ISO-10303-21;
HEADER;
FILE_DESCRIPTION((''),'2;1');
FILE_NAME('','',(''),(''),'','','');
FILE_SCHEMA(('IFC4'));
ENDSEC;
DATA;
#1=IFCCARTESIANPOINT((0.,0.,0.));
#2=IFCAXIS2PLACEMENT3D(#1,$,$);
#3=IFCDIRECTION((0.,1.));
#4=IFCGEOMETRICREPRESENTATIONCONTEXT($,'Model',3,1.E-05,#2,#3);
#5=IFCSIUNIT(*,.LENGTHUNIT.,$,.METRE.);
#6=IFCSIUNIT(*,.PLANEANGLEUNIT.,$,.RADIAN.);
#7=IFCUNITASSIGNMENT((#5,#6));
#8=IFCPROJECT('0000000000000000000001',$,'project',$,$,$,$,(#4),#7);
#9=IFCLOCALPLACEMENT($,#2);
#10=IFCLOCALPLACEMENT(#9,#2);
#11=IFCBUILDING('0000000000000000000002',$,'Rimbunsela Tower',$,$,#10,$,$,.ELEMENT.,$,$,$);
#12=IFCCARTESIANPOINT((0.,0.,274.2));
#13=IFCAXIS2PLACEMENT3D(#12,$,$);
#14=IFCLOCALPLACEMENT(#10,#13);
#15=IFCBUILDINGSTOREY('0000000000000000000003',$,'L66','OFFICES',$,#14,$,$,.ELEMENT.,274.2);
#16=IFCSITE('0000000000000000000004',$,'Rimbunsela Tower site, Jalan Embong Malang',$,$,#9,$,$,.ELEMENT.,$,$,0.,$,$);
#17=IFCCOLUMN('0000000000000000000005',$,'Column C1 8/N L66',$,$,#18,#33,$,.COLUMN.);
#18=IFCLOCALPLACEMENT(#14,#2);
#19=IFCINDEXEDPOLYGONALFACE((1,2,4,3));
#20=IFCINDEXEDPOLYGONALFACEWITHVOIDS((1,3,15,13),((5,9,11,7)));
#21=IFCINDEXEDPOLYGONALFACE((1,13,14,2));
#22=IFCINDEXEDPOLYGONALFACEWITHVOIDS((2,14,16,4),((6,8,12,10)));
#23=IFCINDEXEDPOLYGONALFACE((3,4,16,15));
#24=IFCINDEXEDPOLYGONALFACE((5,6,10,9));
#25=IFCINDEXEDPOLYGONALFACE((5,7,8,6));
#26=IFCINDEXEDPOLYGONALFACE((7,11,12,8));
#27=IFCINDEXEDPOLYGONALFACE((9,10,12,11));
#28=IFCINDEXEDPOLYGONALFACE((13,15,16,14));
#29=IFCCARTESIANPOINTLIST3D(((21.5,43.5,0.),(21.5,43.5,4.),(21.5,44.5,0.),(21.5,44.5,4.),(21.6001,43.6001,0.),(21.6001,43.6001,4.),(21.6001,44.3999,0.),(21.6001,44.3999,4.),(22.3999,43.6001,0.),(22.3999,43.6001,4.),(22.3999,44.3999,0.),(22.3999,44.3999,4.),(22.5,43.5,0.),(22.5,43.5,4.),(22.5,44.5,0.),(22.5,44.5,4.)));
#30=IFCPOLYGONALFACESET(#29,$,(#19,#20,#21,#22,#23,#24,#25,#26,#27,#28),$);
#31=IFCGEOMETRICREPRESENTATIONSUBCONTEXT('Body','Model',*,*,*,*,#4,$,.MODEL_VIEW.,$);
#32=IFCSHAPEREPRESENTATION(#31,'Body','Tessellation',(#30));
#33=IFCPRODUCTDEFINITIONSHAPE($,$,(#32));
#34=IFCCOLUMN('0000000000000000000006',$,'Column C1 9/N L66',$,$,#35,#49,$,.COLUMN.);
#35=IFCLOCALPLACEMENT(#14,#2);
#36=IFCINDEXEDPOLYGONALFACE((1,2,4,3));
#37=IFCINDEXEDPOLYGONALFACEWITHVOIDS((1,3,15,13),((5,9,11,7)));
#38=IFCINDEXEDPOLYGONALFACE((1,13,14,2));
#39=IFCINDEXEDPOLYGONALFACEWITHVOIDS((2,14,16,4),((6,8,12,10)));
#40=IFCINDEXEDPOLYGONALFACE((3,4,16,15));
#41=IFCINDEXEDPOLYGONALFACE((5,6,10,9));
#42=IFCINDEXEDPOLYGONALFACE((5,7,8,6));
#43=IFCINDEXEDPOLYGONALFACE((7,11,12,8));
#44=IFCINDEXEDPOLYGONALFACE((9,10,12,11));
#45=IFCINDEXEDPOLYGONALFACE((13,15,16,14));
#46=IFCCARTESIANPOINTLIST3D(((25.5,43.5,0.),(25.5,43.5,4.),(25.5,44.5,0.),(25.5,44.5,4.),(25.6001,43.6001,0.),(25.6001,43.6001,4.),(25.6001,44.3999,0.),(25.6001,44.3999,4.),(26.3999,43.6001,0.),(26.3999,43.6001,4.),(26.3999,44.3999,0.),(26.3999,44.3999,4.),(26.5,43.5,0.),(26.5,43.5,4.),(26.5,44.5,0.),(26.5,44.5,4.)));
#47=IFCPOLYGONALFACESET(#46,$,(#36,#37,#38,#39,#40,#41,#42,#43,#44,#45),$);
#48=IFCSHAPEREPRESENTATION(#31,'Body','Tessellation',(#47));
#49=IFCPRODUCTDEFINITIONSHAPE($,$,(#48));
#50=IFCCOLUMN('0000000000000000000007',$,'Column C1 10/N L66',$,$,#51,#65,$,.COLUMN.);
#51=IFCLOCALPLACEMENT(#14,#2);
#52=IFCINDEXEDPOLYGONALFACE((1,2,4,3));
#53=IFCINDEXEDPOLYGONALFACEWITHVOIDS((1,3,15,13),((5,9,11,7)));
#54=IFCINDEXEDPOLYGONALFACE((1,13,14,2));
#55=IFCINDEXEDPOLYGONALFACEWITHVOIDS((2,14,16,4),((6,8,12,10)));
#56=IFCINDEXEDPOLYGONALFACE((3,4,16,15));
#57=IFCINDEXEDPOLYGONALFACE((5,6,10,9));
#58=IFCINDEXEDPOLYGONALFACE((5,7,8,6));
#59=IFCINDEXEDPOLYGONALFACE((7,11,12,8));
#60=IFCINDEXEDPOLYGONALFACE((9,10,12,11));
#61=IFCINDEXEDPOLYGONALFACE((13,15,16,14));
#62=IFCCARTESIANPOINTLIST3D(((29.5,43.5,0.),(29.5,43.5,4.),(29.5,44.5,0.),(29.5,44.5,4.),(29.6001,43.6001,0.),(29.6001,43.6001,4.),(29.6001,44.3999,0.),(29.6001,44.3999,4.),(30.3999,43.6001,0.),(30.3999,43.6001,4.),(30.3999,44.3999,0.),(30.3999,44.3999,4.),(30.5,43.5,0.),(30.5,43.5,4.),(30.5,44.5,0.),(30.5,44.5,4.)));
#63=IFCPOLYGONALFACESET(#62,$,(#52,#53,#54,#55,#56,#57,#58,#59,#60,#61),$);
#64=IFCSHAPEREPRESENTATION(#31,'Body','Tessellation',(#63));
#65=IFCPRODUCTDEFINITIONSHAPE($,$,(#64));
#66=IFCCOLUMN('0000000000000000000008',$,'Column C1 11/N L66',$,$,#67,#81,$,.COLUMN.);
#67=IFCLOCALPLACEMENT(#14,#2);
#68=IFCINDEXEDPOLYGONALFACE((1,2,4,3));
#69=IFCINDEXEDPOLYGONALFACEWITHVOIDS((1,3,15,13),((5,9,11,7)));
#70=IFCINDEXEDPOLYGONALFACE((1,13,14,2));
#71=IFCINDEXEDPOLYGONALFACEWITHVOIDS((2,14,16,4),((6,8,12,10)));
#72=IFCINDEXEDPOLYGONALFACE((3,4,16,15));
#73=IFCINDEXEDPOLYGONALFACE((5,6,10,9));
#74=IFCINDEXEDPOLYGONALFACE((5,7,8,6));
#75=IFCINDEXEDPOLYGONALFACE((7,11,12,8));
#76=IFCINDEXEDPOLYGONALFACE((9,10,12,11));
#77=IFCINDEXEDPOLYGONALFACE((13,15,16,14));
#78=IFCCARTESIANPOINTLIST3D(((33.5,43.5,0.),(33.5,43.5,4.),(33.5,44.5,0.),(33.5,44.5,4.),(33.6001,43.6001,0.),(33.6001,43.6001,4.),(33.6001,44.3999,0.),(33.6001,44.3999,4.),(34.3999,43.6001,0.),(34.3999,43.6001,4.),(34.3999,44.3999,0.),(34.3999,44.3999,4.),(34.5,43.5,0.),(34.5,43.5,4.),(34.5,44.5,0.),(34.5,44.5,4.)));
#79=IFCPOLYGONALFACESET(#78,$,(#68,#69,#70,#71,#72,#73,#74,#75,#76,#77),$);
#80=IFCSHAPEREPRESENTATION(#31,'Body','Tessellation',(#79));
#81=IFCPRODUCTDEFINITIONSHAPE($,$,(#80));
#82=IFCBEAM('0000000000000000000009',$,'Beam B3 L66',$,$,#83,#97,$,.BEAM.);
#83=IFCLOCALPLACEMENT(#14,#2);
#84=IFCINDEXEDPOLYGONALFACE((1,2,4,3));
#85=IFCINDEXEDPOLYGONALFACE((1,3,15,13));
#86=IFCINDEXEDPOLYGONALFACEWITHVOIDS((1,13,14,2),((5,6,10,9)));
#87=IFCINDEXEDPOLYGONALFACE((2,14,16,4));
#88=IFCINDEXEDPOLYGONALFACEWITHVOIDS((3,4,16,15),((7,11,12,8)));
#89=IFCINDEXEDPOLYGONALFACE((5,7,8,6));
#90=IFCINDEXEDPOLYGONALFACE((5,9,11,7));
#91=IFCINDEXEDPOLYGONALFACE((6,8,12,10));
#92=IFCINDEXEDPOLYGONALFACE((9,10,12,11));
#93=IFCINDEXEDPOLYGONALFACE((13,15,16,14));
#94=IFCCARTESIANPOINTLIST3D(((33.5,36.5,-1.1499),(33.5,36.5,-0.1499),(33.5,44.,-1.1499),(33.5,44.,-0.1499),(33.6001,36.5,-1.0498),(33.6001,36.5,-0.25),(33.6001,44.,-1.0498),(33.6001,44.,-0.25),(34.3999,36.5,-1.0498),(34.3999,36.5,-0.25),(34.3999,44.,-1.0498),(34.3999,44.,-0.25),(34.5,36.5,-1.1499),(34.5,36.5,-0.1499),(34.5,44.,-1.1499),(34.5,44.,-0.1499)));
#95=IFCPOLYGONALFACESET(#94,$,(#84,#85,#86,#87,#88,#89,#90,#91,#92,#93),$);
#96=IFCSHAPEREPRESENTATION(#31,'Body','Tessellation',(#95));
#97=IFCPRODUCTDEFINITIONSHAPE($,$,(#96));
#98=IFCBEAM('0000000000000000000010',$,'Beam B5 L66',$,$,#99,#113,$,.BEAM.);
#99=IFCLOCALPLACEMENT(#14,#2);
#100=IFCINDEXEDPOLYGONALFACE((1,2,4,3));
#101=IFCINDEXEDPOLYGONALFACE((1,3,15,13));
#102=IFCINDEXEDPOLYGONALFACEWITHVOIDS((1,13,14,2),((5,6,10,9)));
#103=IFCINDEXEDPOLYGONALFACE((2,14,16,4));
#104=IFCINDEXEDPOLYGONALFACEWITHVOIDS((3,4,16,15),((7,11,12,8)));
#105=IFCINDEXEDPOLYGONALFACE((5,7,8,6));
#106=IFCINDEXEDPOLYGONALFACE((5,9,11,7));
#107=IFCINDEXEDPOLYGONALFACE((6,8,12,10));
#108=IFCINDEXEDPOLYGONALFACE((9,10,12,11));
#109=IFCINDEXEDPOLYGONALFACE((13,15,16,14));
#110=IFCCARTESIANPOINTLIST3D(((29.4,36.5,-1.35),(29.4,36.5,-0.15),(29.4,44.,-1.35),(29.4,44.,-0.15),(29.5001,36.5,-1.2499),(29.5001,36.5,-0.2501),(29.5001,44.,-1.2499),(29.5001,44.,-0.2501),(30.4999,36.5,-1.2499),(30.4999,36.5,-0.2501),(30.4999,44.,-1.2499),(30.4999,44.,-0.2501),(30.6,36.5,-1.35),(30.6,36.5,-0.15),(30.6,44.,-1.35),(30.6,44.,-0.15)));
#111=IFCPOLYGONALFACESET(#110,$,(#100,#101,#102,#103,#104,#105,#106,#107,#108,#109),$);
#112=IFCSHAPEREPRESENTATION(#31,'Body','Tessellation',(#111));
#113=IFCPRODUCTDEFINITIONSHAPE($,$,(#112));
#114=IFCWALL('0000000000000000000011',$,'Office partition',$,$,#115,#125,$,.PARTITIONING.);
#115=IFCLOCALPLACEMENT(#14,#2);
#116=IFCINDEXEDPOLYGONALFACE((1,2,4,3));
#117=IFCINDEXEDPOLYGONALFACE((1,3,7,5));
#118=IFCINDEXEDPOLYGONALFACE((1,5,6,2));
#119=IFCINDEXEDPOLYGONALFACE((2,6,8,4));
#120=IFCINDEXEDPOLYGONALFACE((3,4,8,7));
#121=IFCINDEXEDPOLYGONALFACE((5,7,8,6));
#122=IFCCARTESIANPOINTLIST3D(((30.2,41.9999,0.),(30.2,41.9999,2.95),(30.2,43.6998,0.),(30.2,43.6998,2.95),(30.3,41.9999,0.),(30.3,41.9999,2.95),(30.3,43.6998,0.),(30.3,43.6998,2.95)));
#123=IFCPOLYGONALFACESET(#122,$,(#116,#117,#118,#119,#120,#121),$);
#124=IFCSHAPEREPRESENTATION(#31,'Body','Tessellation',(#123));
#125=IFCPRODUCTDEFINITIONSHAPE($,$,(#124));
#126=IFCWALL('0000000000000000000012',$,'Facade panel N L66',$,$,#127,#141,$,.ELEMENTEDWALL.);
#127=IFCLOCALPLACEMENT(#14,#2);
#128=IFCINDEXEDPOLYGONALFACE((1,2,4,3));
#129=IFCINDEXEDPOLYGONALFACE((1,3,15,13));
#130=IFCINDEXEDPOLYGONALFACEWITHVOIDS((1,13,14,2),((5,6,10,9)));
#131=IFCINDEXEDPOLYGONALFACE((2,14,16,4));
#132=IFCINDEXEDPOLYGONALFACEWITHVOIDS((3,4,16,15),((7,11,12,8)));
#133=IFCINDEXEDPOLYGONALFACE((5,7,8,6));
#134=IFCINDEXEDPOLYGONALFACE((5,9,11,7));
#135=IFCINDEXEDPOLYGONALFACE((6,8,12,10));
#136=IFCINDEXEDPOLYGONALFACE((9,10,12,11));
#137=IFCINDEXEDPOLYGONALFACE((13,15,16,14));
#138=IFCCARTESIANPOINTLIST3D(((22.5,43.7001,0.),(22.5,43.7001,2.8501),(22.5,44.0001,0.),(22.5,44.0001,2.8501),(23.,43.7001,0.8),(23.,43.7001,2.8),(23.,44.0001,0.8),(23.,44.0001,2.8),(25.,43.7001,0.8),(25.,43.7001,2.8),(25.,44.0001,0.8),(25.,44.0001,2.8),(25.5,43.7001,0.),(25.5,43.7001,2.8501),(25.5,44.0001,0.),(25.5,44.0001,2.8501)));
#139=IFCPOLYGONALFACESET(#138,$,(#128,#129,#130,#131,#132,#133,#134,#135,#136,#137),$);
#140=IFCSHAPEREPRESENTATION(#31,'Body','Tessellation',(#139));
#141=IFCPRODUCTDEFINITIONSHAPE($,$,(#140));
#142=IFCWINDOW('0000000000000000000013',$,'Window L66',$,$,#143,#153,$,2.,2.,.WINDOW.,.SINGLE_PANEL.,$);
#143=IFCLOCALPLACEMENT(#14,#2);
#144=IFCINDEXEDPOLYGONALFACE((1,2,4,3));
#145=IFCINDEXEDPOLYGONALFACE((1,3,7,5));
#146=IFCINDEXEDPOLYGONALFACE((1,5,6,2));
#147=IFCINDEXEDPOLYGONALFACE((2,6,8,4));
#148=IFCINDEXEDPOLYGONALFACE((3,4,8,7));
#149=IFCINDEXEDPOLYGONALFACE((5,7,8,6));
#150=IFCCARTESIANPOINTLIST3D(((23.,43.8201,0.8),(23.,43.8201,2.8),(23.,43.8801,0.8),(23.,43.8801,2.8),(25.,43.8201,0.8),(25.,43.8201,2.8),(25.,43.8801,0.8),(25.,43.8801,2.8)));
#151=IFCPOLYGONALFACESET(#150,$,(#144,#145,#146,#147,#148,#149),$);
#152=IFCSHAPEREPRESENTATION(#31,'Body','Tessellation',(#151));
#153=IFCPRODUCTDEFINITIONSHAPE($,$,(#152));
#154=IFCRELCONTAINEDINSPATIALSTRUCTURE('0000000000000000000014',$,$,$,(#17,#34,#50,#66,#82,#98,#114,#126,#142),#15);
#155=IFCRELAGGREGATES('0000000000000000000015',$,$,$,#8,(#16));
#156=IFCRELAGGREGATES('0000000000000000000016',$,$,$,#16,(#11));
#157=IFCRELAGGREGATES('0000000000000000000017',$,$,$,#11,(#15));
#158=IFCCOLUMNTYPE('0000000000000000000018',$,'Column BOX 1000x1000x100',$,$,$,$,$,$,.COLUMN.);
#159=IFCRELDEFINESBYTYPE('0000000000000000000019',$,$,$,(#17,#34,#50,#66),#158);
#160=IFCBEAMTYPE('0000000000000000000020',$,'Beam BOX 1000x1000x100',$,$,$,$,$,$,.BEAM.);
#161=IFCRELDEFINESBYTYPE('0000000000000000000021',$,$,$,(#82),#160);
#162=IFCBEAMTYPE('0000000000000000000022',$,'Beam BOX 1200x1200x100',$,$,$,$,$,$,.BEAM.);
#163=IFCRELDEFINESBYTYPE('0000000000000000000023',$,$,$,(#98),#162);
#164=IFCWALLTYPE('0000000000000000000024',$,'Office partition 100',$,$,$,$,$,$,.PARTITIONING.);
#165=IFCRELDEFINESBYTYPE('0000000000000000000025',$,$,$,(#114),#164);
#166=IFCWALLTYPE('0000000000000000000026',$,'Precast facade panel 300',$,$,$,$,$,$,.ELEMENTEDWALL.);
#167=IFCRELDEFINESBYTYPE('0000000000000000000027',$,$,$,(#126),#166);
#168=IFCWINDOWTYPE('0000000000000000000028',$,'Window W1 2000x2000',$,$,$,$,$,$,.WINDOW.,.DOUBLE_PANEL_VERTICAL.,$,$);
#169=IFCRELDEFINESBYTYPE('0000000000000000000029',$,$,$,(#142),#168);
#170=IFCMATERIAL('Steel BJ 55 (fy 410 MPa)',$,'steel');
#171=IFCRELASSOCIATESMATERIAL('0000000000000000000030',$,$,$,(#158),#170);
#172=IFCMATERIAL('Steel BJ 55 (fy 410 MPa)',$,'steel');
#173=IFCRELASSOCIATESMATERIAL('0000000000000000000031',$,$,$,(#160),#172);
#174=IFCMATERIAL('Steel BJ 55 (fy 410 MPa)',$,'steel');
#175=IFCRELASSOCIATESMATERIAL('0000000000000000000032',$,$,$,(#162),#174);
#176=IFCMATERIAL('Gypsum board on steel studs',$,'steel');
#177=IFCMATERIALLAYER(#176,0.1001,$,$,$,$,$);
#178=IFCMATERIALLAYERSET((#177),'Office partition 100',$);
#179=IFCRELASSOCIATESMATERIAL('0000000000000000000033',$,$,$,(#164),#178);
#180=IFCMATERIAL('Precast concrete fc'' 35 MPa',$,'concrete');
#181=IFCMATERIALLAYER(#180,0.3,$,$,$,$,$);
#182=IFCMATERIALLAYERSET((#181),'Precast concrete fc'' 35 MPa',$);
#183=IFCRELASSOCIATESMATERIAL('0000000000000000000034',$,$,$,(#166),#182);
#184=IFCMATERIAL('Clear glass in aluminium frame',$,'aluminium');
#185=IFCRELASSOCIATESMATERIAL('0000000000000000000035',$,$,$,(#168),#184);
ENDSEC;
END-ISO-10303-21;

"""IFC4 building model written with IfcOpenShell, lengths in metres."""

from ifc_helpers import new_model, si_unit, direction, frame, frame_2d, origin, origin_2d, place, context, subcontext, project, spatial, rectangle, hollow_rectangle, extrude, material, layer, layer_set, material_profile, profile_set, type_object, element, fill, save


model = new_model("IFC4")

# Units and contexts
model_context = context("Model", 3, precision=1e-05, world=origin(), true_north=direction((0.0, 1.0)))
body_context = subcontext(model_context, "Body", "Model", "MODEL_VIEW")
ifc_project = project(units=[si_unit("LENGTHUNIT", "METRE"), si_unit("PLANEANGLEUNIT", "RADIAN")], contexts=[model_context])

# Site, building, storey
site_placement = place(None, origin())
site = spatial("IfcSite", under=ifc_project, at=site_placement, Name="Rimbunsela Tower site, Jalan Embong Malang", CompositionType="ELEMENT", RefElevation=0.0)
building_placement = place(site_placement, origin())
building = spatial("IfcBuilding", under=site, at=building_placement, Name="Rimbunsela Tower", CompositionType="ELEMENT")
storey_placement = place(building_placement, frame((0.0, 0.0, 274.2)))
storey = spatial("IfcBuildingStorey", under=building, at=storey_placement, Name="L66", Description="OFFICES", CompositionType="ELEMENT", Elevation=274.2)

# Columns
ifc_material_1 = material(Name="Steel BJ 55 (fy 410 MPa)", Category="steel")
ifc_material_profile_1 = material_profile(ifc_material_1, hollow_rectangle(XDim=1.0, YDim=1.0, WallThickness=0.1001, at=origin_2d()), Name="BOX 1000x1000x100")
ifc_profile_set_1 = profile_set([ifc_material_profile_1], Name="Steel BJ 55 (fy 410 MPa)")
column_type = type_object("IfcColumnType", Name="Column BOX 1000x1000x100", PredefinedType="COLUMN", material=ifc_profile_set_1)
for number, where, z_axis, x_axis, name in (
    (1, (22.0, 44.0, 0.0), (0.0, 0.0, 1.0), (1.0, 0.0, 0.0), "Column C1 8/N L66"),
    (2, (26.0, 44.0, 0.0), (0.0, 0.0, 1.0), (1.0, 0.0, 0.0), "Column C1 9/N L66"),
    (3, (30.0, 44.0, 0.0), (0.0, 0.0, 1.0), (1.0, 0.0, 0.0), "Column C1 10/N L66"),
    (4, (34.0, 44.0, 0.0), (0.0, 0.0, 1.0), (1.0, 0.0, 0.0), "Column C1 11/N L66"),
):
    element("IfcColumn", number, at=place(storey_placement, frame(where, z_axis=z_axis, x_axis=x_axis)), inside=storey, type_object=column_type, Name=name, PredefinedType="COLUMN", context=body_context, shape_type="SweptSolid", body=[
        extrude(hollow_rectangle(XDim=1.0, YDim=1.0, WallThickness=0.1001, at=origin_2d()), origin(), (0.0, 0.0, 1.0), 4.0),
    ])

# Beams
ifc_material_2 = material(Name="Steel BJ 55 (fy 410 MPa)", Category="steel")
ifc_material_profile_2 = material_profile(ifc_material_2, hollow_rectangle(XDim=1.0, YDim=1.0, WallThickness=0.1001, at=origin_2d()), Name="BOX 1000x1000x100")
ifc_profile_set_2 = profile_set([ifc_material_profile_2], Name="Steel BJ 55 (fy 410 MPa)")
beam_type_1 = type_object("IfcBeamType", Name="Beam BOX 1000x1000x100", PredefinedType="BEAM", material=ifc_profile_set_2)
beam_1_placement = place(storey_placement, frame((34.0, 36.5, -0.6499), z_axis=(0.0, 1.0, 0.0), x_axis=(-1.0, 0.0, 0.0)))
element("IfcBeam", 5, at=beam_1_placement, inside=storey, type_object=beam_type_1, Name="Beam B3 L66", PredefinedType="BEAM", context=body_context, shape_type="SweptSolid", body=[
    extrude(hollow_rectangle(XDim=1.0, YDim=1.0, WallThickness=0.1001, at=origin_2d()), origin(), (0.0, 0.0, 1.0), 7.5),
])
ifc_material_3 = material(Name="Steel BJ 55 (fy 410 MPa)", Category="steel")
ifc_material_profile_3 = material_profile(ifc_material_3, hollow_rectangle(XDim=1.2, YDim=1.2, WallThickness=0.1001, at=origin_2d()), Name="BOX 1200x1200x100")
ifc_profile_set_3 = profile_set([ifc_material_profile_3], Name="Steel BJ 55 (fy 410 MPa)")
beam_type_2 = type_object("IfcBeamType", Name="Beam BOX 1200x1200x100", PredefinedType="BEAM", material=ifc_profile_set_3)
beam_2_placement = place(storey_placement, frame((30.0, 36.5, -0.75), z_axis=(0.0, 1.0, 0.0), x_axis=(-1.0, 0.0, 0.0)))
element("IfcBeam", 6, at=beam_2_placement, inside=storey, type_object=beam_type_2, Name="Beam B5 L66", PredefinedType="BEAM", context=body_context, shape_type="SweptSolid", body=[
    extrude(hollow_rectangle(XDim=1.2, YDim=1.2, WallThickness=0.1001, at=origin_2d()), origin(), (0.0, 0.0, 1.0), 7.5),
])

# Wall
ifc_material_4 = material(Name="Gypsum board on steel studs", Category="steel")
ifc_layer_1 = layer(ifc_material_4, 0.1001)
ifc_layer_set_1 = layer_set([ifc_layer_1], Name="Office partition 100")
wall_type_1 = type_object("IfcWallType", Name="Office partition 100", PredefinedType="PARTITIONING", material=ifc_layer_set_1)
wall_1_placement = place(storey_placement, frame((30.25, 43.7, 0.0), z_axis=(0.0, 0.0, 1.0), x_axis=(0.0, -1.0, 0.0)))
element("IfcWall", 7, at=wall_1_placement, inside=storey, type_object=wall_type_1, Name="Office partition", PredefinedType="PARTITIONING", context=body_context, shape_type="SweptSolid", body=[
    extrude(rectangle(XDim=1.7, YDim=0.1001, at=frame_2d((0.8501, 0.0))), origin(), (0.0, 0.0, 1.0), 2.95),
])

# Wall, opening, window
ifc_material_5 = material(Name="Precast concrete fc' 35 MPa", Category="concrete")
ifc_layer_2 = layer(ifc_material_5, 0.3)
ifc_layer_set_2 = layer_set([ifc_layer_2], Name="Precast concrete fc' 35 MPa")
wall_type_2 = type_object("IfcWallType", Name="Precast facade panel 300", PredefinedType="ELEMENTEDWALL", material=ifc_layer_set_2)
wall_2_placement = place(storey_placement, frame((25.5, 43.8501, 0.0), z_axis=(0.0, 0.0, 1.0), x_axis=(-1.0, 0.0, 0.0)))
wall_2 = element("IfcWall", 8, at=wall_2_placement, inside=storey, type_object=wall_type_2, Name="Facade panel N L66", PredefinedType="ELEMENTEDWALL", context=body_context, shape_type="SweptSolid", body=[
    extrude(rectangle(XDim=3.0, YDim=0.3, at=frame_2d((1.5, 0.0))), origin(), (0.0, 0.0, 1.0), 2.8501),
])
opening_1_placement = place(wall_2_placement, frame((0.5, 0.0, 0.8)))
opening_1 = element("IfcOpeningElement", 9, at=opening_1_placement, cuts=wall_2, PredefinedType="OPENING", context=body_context, shape_type="SweptSolid", body=[
    extrude(rectangle(XDim=2.0, YDim=2.0, at=frame_2d((1.0, 1.0))), frame((0.0, 0.1599, 0.0), z_axis=(0.0, -1.0, 0.0), x_axis=(1.0, 0.0, 0.0)), (0.0, 0.0, 1.0), 0.3201),
])
ifc_material_6 = material(Name="Clear glass in aluminium frame", Category="aluminium")
window_type_1 = type_object("IfcWindowType", Name="Window W1 2000x2000", PartitioningType="DOUBLE_PANEL_VERTICAL", PredefinedType="WINDOW", material=ifc_material_6)
window_1_placement = place(opening_1_placement, origin())
window_1 = element("IfcWindow", 10, at=window_1_placement, inside=storey, type_object=window_type_1, Name="Window L66", OverallHeight=2.0, OverallWidth=2.0, PartitioningType="SINGLE_PANEL", PredefinedType="WINDOW", context=body_context, shape_type="SweptSolid", body=[
    extrude(rectangle(XDim=2.0, YDim=2.0, at=frame_2d((1.0, 1.0))), frame((0.0, 0.03, 0.0), z_axis=(0.0, -1.0, 0.0), x_axis=(1.0, 0.0, 0.0)), (0.0, 0.0, 1.0), 0.0601),
])
fill(opening_1, window_1)

save(model, "model.ifc")
